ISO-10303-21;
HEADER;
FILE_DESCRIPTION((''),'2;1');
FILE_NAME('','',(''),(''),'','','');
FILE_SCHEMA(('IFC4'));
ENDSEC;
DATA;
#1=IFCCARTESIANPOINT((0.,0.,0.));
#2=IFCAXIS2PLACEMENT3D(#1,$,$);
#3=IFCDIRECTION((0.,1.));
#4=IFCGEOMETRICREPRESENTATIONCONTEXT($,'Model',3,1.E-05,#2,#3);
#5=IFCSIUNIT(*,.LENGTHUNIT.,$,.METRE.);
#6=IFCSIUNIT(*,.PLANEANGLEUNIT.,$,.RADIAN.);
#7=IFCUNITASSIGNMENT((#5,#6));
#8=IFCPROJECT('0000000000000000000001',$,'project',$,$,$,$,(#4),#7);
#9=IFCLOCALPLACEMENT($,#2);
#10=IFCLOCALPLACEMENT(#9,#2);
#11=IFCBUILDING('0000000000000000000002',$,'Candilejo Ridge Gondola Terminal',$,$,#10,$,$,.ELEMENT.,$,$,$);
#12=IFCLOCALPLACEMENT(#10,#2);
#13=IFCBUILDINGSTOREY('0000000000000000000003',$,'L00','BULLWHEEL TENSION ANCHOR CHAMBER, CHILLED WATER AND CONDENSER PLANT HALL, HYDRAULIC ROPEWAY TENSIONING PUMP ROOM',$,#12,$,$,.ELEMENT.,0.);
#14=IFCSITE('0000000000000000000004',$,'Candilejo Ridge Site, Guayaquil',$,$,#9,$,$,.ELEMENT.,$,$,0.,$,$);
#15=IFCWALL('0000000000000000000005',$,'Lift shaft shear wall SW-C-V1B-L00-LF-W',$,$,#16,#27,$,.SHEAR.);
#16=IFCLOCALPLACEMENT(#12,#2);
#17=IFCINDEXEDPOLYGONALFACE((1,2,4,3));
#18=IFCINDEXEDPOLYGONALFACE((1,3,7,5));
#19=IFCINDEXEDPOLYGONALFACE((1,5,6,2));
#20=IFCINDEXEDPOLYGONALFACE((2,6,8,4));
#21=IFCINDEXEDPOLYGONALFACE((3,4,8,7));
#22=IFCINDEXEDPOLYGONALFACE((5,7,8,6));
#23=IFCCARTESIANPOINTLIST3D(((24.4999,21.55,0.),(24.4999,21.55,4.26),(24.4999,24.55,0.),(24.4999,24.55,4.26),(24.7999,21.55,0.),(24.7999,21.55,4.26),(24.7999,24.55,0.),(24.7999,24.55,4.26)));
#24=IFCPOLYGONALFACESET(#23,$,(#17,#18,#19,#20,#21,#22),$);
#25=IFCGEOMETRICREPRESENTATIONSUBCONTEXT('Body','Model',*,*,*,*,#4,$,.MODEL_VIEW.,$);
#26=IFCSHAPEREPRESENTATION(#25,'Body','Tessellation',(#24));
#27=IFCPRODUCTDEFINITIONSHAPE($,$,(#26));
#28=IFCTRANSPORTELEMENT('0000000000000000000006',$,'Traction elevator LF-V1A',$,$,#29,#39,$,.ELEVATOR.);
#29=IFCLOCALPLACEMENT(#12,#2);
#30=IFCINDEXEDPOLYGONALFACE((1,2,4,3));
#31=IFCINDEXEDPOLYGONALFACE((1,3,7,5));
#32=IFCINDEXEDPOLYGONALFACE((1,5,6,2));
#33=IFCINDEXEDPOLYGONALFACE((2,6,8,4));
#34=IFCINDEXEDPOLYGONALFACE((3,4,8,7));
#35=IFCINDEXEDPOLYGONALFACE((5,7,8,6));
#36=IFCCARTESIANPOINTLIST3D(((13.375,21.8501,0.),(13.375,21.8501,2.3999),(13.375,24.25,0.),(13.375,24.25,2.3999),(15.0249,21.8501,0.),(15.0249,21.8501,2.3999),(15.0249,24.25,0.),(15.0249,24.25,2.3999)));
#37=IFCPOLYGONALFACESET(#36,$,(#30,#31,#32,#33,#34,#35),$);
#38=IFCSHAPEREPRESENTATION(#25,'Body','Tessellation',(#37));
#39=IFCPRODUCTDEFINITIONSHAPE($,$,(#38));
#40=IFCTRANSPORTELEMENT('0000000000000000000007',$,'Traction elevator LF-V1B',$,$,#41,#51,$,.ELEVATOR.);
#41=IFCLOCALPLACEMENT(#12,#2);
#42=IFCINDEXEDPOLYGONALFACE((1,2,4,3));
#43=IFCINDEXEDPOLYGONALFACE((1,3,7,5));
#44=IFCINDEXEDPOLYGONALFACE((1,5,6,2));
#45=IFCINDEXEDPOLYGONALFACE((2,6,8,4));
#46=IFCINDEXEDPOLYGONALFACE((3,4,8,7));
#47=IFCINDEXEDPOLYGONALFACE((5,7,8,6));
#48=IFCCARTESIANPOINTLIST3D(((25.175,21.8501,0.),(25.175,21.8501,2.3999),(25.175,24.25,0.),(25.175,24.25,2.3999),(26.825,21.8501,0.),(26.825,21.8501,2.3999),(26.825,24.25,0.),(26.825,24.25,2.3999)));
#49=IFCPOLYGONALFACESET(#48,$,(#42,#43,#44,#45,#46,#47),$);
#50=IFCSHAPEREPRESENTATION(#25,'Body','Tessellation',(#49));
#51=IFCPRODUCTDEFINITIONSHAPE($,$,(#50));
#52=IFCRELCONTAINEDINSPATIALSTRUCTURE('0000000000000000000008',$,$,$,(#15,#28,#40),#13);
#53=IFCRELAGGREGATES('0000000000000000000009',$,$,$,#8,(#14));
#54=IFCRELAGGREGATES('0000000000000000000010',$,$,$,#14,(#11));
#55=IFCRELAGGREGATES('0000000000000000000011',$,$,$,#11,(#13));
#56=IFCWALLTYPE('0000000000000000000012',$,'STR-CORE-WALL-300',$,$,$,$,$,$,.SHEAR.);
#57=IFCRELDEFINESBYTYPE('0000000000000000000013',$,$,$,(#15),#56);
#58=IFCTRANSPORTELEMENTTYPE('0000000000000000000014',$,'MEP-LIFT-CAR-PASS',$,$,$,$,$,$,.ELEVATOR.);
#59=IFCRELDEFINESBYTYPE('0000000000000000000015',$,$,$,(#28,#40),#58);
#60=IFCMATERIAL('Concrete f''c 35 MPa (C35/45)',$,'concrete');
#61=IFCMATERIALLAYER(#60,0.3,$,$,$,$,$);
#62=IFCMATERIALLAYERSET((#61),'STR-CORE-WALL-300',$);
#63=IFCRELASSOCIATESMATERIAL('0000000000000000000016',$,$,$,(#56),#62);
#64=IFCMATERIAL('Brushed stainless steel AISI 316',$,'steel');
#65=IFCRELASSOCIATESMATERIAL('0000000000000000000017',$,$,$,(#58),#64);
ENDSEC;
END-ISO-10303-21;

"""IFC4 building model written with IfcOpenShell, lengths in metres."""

from ifc_helpers import new_model, si_unit, direction, frame, frame_2d, origin, origin_2d, place, context, subcontext, project, spatial, rectangle, extrude, material, layer, layer_set, type_object, element, save


model = new_model("IFC4")

# Units and contexts
model_context = context("Model", 3, precision=1e-05, world=origin(), true_north=direction((0.0, 1.0)))
body_context = subcontext(model_context, "Body", "Model", "MODEL_VIEW")
ifc_project = project(units=[si_unit("LENGTHUNIT", "METRE"), si_unit("PLANEANGLEUNIT", "RADIAN")], contexts=[model_context])

# Site, building, storey
site_placement = place(None, origin())
site = spatial("IfcSite", under=ifc_project, at=site_placement, Name="Candilejo Ridge Site, Guayaquil", CompositionType="ELEMENT", RefElevation=0.0)
building_placement = place(site_placement, origin())
building = spatial("IfcBuilding", under=site, at=building_placement, Name="Candilejo Ridge Gondola Terminal", CompositionType="ELEMENT")
storey_placement = place(building_placement, origin())
storey = spatial("IfcBuildingStorey", under=building, at=storey_placement, Name="L00", Description="BULLWHEEL TENSION ANCHOR CHAMBER, CHILLED WATER AND CONDENSER PLANT HALL, HYDRAULIC ROPEWAY TENSIONING PUMP ROOM", CompositionType="ELEMENT", Elevation=0.0)

# Shared definitions
ifc_material_1 = material(Name="Concrete f'c 35 MPa (C35/45)", Category="concrete")
ifc_layer_1 = layer(ifc_material_1, 0.3)
ifc_layer_set_1 = layer_set([ifc_layer_1], Name="STR-CORE-WALL-300")
wall_type_1 = type_object("IfcWallType", Name="STR-CORE-WALL-300", PredefinedType="SHEAR", material=ifc_layer_set_1)

# Wall
wall_1_placement = place(storey_placement, frame((24.6499, 21.55, 0.0), z_axis=(0.0, 0.0, 1.0), x_axis=(0.0, 1.0, 0.0)))
element("IfcWall", 1, at=wall_1_placement, inside=storey, type_object=wall_type_1, Name="Lift shaft shear wall SW-C-V1B-L00-LF-W", PredefinedType="SHEAR", context=body_context, shape_type="SweptSolid", body=[
    extrude(rectangle(XDim=3.0, YDim=0.3, at=frame_2d((1.5, 0.0))), origin(), (0.0, 0.0, 1.0), 4.26),
])

# Transport elements
ifc_material_2 = material(Name="Brushed stainless steel AISI 316", Category="steel")
transport_element_type = type_object("IfcTransportElementType", Name="MEP-LIFT-CAR-PASS", PredefinedType="ELEVATOR", material=ifc_material_2)
for number, where, z_axis, x_axis, name in (
    (2, (14.2, 23.05, 0.0), (0.0, 0.0, 1.0), (1.0, 0.0, 0.0), "Traction elevator LF-V1A"),
    (3, (26.0, 23.05, 0.0), (0.0, 0.0, 1.0), (1.0, 0.0, 0.0), "Traction elevator LF-V1B"),
):
    element("IfcTransportElement", number, at=place(storey_placement, frame(where, z_axis=z_axis, x_axis=x_axis)), inside=storey, type_object=transport_element_type, Name=name, PredefinedType="ELEVATOR", context=body_context, shape_type="SweptSolid", body=[
        extrude(rectangle(XDim=1.6499, YDim=2.3999, at=origin_2d()), origin(), (0.0, 0.0, 1.0), 2.3999),
    ])

save(model, "model.ifc")
